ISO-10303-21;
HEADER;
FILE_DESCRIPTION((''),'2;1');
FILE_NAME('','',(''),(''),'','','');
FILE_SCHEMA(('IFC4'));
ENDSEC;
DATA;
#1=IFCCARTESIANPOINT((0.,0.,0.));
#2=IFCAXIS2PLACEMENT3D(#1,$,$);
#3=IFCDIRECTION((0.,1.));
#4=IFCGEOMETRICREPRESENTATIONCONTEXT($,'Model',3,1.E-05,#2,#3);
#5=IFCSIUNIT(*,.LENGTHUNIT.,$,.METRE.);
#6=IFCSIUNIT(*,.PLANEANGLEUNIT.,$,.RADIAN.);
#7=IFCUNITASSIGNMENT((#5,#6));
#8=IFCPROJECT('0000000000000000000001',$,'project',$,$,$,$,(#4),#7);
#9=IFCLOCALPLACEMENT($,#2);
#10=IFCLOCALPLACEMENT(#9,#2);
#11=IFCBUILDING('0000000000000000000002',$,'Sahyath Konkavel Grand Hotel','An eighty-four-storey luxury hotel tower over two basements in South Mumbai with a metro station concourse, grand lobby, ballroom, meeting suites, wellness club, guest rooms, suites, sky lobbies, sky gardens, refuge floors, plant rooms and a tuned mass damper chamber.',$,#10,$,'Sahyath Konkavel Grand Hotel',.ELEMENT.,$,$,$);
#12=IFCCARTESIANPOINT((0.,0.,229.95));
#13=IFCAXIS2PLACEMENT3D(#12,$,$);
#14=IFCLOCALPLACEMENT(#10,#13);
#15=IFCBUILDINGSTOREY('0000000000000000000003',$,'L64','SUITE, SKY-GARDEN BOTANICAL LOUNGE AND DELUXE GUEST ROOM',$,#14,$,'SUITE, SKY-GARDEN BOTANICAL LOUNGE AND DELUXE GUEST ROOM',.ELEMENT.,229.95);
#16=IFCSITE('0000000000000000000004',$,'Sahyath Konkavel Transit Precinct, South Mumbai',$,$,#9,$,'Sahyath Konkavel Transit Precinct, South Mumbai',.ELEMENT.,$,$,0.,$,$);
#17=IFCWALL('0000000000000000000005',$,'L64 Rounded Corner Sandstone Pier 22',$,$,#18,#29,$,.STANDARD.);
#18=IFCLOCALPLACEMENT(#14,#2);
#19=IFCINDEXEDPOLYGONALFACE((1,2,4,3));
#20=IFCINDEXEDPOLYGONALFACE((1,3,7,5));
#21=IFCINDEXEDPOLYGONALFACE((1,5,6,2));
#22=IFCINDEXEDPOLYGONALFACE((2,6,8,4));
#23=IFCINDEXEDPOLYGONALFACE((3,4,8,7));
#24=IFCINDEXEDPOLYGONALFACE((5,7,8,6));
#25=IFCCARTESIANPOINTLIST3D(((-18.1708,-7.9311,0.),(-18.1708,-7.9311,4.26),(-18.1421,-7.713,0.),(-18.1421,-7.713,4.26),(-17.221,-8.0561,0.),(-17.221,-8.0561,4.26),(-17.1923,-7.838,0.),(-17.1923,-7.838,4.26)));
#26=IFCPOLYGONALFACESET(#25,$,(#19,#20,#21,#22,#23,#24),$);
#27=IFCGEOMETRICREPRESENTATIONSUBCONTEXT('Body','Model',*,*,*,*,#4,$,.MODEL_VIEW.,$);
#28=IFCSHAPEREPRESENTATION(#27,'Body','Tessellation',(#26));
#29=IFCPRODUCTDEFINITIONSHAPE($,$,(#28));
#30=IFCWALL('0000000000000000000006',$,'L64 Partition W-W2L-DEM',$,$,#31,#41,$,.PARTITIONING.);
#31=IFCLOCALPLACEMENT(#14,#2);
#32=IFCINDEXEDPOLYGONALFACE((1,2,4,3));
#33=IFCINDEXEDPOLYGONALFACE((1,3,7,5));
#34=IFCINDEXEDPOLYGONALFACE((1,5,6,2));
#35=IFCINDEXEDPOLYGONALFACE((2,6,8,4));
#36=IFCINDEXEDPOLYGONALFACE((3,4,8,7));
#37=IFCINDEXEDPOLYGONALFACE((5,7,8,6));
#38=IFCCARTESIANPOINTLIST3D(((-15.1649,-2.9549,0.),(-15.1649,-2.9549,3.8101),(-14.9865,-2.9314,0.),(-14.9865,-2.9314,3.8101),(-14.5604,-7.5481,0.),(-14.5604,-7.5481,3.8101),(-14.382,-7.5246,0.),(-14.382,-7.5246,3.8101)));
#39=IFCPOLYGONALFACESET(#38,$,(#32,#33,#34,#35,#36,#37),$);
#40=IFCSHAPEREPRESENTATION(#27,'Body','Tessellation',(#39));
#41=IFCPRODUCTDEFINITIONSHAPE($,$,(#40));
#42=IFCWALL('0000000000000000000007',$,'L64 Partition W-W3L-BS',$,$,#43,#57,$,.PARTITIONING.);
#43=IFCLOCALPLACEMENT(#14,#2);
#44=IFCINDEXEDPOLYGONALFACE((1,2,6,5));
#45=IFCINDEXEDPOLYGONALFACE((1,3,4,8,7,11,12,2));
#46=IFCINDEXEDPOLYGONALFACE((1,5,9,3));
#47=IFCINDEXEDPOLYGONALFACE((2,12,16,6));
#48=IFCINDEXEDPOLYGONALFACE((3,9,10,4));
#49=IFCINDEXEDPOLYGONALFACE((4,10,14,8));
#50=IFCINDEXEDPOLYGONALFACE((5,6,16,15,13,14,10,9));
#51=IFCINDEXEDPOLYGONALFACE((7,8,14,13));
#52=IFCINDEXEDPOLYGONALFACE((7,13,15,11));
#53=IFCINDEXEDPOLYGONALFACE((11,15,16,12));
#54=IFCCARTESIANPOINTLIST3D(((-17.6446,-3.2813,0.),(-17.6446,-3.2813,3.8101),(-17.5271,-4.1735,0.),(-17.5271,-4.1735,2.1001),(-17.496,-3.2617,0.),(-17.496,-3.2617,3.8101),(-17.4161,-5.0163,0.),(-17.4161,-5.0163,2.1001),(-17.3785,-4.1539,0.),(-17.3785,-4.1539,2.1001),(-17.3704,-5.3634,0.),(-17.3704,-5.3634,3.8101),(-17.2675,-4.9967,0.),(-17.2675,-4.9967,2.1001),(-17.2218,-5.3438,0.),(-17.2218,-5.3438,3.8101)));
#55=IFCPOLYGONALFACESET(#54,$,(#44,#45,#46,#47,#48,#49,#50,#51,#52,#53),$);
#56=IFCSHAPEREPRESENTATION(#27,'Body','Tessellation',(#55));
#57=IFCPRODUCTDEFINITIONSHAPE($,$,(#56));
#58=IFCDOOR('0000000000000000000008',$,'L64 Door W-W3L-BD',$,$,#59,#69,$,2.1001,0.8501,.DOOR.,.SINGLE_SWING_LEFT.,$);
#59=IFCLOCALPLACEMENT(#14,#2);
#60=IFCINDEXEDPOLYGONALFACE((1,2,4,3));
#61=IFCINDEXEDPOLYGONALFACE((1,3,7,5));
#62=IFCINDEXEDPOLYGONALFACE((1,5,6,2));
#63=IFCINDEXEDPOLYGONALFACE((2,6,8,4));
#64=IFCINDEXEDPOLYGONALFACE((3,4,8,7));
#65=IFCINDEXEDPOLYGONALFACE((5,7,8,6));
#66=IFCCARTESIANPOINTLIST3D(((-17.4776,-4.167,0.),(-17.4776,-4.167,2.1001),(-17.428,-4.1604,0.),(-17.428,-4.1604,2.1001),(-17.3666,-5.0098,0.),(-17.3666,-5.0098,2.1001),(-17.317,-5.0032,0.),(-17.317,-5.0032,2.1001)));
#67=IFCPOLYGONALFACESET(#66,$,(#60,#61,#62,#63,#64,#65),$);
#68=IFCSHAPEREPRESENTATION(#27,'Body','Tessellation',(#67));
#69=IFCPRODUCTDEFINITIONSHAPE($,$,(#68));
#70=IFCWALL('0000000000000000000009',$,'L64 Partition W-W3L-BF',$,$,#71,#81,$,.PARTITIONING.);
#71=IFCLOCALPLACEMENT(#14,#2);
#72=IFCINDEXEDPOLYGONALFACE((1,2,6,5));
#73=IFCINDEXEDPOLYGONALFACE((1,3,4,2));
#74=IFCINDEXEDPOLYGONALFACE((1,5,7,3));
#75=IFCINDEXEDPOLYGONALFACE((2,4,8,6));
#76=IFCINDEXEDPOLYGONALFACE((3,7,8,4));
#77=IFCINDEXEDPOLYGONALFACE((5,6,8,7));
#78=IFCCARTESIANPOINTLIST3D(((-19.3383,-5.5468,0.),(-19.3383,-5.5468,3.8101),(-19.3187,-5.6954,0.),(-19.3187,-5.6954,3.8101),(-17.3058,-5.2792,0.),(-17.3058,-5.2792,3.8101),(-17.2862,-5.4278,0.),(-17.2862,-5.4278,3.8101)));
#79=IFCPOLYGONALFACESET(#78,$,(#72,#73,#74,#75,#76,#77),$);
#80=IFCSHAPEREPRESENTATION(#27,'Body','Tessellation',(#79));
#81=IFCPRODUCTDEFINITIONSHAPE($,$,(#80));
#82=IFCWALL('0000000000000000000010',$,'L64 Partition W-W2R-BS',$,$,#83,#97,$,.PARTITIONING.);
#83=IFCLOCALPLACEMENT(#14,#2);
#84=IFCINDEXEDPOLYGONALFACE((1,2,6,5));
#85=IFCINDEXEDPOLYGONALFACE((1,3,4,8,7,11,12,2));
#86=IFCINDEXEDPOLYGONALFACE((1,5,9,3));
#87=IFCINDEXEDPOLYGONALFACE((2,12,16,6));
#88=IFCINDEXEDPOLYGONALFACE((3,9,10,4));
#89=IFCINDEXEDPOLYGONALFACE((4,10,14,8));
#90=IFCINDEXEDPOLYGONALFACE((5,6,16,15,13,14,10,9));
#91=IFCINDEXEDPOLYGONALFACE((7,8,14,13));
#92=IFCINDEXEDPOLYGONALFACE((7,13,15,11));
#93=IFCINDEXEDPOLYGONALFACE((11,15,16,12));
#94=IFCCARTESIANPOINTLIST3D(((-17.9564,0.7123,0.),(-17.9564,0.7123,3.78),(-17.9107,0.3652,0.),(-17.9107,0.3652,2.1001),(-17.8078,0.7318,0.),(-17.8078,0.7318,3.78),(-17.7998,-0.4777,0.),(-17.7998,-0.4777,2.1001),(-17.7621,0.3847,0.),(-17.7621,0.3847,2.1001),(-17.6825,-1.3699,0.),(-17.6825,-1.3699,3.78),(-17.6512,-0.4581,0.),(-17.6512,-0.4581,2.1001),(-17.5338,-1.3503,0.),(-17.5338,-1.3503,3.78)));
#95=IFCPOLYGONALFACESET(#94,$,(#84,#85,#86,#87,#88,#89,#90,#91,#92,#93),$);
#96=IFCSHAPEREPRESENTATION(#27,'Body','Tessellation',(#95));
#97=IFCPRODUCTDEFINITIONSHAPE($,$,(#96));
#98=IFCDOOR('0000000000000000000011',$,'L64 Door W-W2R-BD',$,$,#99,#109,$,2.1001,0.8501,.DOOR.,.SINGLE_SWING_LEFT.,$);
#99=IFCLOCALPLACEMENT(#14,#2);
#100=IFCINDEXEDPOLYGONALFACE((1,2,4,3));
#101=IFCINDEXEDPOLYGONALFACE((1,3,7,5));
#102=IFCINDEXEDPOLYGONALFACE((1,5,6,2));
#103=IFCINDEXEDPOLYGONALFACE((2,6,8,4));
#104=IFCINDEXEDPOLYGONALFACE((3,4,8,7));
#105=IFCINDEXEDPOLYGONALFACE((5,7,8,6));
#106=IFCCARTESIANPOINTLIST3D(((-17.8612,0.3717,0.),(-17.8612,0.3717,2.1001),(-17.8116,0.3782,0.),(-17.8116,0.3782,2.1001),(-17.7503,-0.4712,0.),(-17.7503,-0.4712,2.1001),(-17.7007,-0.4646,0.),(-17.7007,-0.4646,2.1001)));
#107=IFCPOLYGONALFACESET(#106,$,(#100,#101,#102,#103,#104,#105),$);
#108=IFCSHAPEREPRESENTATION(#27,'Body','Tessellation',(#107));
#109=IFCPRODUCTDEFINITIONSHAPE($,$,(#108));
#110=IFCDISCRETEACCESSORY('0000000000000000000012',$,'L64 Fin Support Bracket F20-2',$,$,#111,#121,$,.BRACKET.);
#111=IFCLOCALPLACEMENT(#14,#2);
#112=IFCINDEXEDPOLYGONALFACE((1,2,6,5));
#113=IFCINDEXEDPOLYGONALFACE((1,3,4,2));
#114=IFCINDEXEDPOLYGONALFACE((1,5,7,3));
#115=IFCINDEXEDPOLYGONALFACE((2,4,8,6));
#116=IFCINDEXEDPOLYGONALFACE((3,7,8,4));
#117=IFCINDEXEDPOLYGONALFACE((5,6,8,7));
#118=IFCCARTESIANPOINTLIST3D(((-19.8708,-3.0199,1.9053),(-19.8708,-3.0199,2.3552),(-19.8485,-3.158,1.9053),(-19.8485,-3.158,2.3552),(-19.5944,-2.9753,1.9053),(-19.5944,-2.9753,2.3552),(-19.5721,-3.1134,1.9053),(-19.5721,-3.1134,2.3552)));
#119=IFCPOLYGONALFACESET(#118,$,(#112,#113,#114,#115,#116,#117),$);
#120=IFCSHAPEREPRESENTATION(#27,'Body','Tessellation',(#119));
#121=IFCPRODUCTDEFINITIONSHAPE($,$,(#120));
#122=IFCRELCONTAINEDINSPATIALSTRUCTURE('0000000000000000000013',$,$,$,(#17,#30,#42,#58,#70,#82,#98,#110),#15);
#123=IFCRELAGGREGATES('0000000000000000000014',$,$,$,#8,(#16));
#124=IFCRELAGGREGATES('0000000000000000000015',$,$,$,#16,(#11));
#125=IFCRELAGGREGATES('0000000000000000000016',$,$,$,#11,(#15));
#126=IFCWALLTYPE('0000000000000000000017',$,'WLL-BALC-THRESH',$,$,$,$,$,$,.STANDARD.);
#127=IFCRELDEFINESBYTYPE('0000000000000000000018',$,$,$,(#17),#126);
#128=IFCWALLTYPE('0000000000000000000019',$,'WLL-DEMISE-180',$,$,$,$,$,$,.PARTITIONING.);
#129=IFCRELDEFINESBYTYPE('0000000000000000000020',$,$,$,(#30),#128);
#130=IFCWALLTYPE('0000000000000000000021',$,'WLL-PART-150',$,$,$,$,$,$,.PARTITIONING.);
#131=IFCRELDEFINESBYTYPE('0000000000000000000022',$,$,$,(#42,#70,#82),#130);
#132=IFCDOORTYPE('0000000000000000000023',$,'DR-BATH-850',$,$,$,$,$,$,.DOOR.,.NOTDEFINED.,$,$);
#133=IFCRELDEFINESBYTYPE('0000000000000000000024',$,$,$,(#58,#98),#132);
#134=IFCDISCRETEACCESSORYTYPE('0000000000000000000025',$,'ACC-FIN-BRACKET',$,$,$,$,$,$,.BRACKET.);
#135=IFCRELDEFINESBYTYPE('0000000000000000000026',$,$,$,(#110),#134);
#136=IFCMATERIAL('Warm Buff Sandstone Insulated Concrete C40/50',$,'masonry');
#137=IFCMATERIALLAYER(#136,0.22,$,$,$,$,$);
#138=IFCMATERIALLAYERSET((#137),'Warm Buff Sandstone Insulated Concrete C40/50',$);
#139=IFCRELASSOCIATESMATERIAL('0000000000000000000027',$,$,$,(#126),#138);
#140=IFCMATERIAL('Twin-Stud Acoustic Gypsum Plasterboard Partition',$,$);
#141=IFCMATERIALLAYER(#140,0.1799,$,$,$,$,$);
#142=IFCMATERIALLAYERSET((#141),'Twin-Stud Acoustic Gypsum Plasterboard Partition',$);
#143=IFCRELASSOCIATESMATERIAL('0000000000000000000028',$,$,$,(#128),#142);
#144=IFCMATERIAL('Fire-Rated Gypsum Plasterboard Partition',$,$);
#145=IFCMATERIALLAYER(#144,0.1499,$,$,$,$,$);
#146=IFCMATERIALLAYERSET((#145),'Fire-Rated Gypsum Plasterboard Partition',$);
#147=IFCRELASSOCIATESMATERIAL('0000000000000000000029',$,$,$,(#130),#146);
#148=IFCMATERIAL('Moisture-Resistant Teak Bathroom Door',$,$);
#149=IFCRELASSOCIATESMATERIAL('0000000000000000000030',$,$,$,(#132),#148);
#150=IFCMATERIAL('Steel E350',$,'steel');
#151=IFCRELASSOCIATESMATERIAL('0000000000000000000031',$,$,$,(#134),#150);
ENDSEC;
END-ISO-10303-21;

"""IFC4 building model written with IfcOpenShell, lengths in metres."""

from ifc_helpers import new_model, si_unit, direction, frame, frame_2d, origin, origin_2d, place, context, subcontext, project, spatial, rectangle, extrude, source, transform, mapped, material, layer, layer_set, type_object, element, fill, save


model = new_model("IFC4")

# Units and contexts
model_context = context("Model", 3, precision=1e-05, world=origin(), true_north=direction((0.0, 1.0)))
body_context = subcontext(model_context, "Body", "Model", "MODEL_VIEW")
ifc_project = project(units=[si_unit("LENGTHUNIT", "METRE"), si_unit("PLANEANGLEUNIT", "RADIAN")], contexts=[model_context])

# Site, building, storey
site_placement = place(None, origin())
site = spatial("IfcSite", under=ifc_project, at=site_placement, Name="Sahyath Konkavel Transit Precinct, South Mumbai", LongName="Sahyath Konkavel Transit Precinct, South Mumbai", CompositionType="ELEMENT", RefElevation=0.0)
building_placement = place(site_placement, origin())
building = spatial("IfcBuilding", under=site, at=building_placement, Name="Sahyath Konkavel Grand Hotel", Description="An eighty-four-storey luxury hotel tower over two basements in South Mumbai with a metro station concourse, grand lobby, ballroom, meeting suites, wellness club, guest rooms, suites, sky lobbies, sky gardens, refuge floors, plant rooms and a tuned mass damper chamber.", LongName="Sahyath Konkavel Grand Hotel", CompositionType="ELEMENT")
storey_placement = place(building_placement, frame((0.0, 0.0, 229.95)))
storey = spatial("IfcBuildingStorey", under=building, at=storey_placement, Name="L64", Description="SUITE, SKY-GARDEN BOTANICAL LOUNGE AND DELUXE GUEST ROOM", LongName="SUITE, SKY-GARDEN BOTANICAL LOUNGE AND DELUXE GUEST ROOM", CompositionType="ELEMENT", Elevation=229.95)

# Shared definitions
ifc_material_1 = material(Name="Steel E350", Category="steel")

# Walls
ifc_material_2 = material(Name="Warm Buff Sandstone Insulated Concrete C40/50", Category="masonry")
ifc_layer_1 = layer(ifc_material_2, 0.22)
ifc_layer_set_1 = layer_set([ifc_layer_1], Name="Warm Buff Sandstone Insulated Concrete C40/50")
wall_type_1 = type_object("IfcWallType", Name="WLL-BALC-THRESH", PredefinedType="STANDARD", material=ifc_layer_set_1)
wall_1_placement = place(storey_placement, frame((-18.1565, -7.822, 0.0), z_axis=(0.0, 0.0, 1.0), x_axis=(0.991449, -0.130494, 0.0)))
element("IfcWall", 1, at=wall_1_placement, inside=storey, type_object=wall_type_1, Name="L64 Rounded Corner Sandstone Pier 22", PredefinedType="STANDARD", context=body_context, shape_type="SweptSolid", body=[
    extrude(rectangle(XDim=0.958, YDim=0.22, at=frame_2d((0.479, 0.0))), origin(), (0.0, 0.0, 1.0), 4.26),
])
ifc_material_3 = material(Name="Twin-Stud Acoustic Gypsum Plasterboard Partition")
ifc_layer_2 = layer(ifc_material_3, 0.1799)
ifc_layer_set_2 = layer_set([ifc_layer_2], Name="Twin-Stud Acoustic Gypsum Plasterboard Partition")
wall_type_2 = type_object("IfcWallType", Name="WLL-DEMISE-180", PredefinedType="PARTITIONING", material=ifc_layer_set_2)
wall_2_placement = place(storey_placement, frame((-15.0757, -2.9431, 0.0), z_axis=(0.0, 0.0, 1.0), x_axis=(0.130479, -0.991451, 0.0)))
element("IfcWall", 2, at=wall_2_placement, inside=storey, type_object=wall_type_2, Name="L64 Partition W-W2L-DEM", PredefinedType="PARTITIONING", context=body_context, shape_type="SweptSolid", body=[
    extrude(rectangle(XDim=4.6328, YDim=0.1799, at=frame_2d((2.3164, 0.0))), origin(), (0.0, 0.0, 1.0), 3.8101),
])

# Wall, opening, door
ifc_material_4 = material(Name="Fire-Rated Gypsum Plasterboard Partition")
ifc_layer_3 = layer(ifc_material_4, 0.1499)
ifc_layer_set_3 = layer_set([ifc_layer_3], Name="Fire-Rated Gypsum Plasterboard Partition")
wall_type_3 = type_object("IfcWallType", Name="WLL-PART-150", PredefinedType="PARTITIONING", material=ifc_layer_set_3)
wall_3_placement = place(storey_placement, frame((-17.5703, -3.2715, 0.0), z_axis=(0.0, 0.0, 1.0), x_axis=(0.130557, -0.991441, 0.0)))
wall_3 = element("IfcWall", 3, at=wall_3_placement, inside=storey, type_object=wall_type_3, Name="L64 Partition W-W3L-BS", PredefinedType="PARTITIONING", context=body_context, shape_type="SweptSolid", body=[
    extrude(rectangle(XDim=2.1001, YDim=0.1499, at=frame_2d((1.05, 0.0))), origin(), (0.0, 0.0, 1.0), 3.8101),
])
opening_1_placement = place(wall_3_placement, frame((0.8999, 0.0, 0.0)))
opening_1 = element("IfcOpeningElement", 4, at=opening_1_placement, cuts=wall_3, PredefinedType="OPENING", context=body_context, shape_type="SweptSolid", body=[
    extrude(rectangle(XDim=0.8501, YDim=2.1001, at=frame_2d((0.425, 1.05))), frame((0.0, 0.085, 0.0), z_axis=(0.0, -1.0, 0.0), x_axis=(1.0, 0.0, 0.0)), (0.0, 0.0, 1.0), 0.1699),
])
ifc_material_5 = material(Name="Moisture-Resistant Teak Bathroom Door")
door_type = type_object("IfcDoorType", Name="DR-BATH-850", OperationType="NOTDEFINED", PredefinedType="DOOR", material=ifc_material_5)
shared_shape_1 = source(origin(), body_context, "Body", "SweptSolid", [
    extrude(rectangle(XDim=0.8501, YDim=0.05, at=origin_2d()), origin(), (0.0, 0.0, 1.0), 2.1001),
])
door_1_placement = place(opening_1_placement, frame((0.425, 0.0, 0.0)))
door_1 = element("IfcDoor", 5, at=door_1_placement, inside=storey, type_object=door_type, Name="L64 Door W-W3L-BD", OperationType="SINGLE_SWING_LEFT", OverallHeight=2.1001, OverallWidth=0.8501, PredefinedType="DOOR", context=body_context, shape_type="MappedRepresentation", body=[
    mapped(shared_shape_1, transform((0.0, 0.0, 0.0), scale=1.0)),
])
fill(opening_1, door_1)

# Wall
wall_4_placement = place(storey_placement, frame((-17.2961, -5.3535, 0.0), z_axis=(0.0, 0.0, 1.0), x_axis=(-0.991445, -0.130525, 0.0)))
element("IfcWall", 6, at=wall_4_placement, inside=storey, type_object=wall_type_3, Name="L64 Partition W-W3L-BF", PredefinedType="PARTITIONING", context=body_context, shape_type="SweptSolid", body=[
    extrude(rectangle(XDim=2.05, YDim=0.1499, at=frame_2d((1.0249, 0.0))), origin(), (0.0, 0.0, 1.0), 3.8101),
])

# Wall, opening, door
wall_5_placement = place(storey_placement, frame((-17.6082, -1.3601, 0.0), z_axis=(0.0, 0.0, 1.0), x_axis=(-0.130427, 0.991458, 0.0)))
wall_5 = element("IfcWall", 7, at=wall_5_placement, inside=storey, type_object=wall_type_3, Name="L64 Partition W-W2R-BS", PredefinedType="PARTITIONING", context=body_context, shape_type="SweptSolid", body=[
    extrude(rectangle(XDim=2.1001, YDim=0.1499, at=frame_2d((1.05, 0.0))), origin(), (0.0, 0.0, 1.0), 3.78),
])
opening_2_placement = place(wall_5_placement, frame((0.8999, 0.0, 0.0)))
opening_2 = element("IfcOpeningElement", 8, at=opening_2_placement, cuts=wall_5, PredefinedType="OPENING", context=body_context, shape_type="SweptSolid", body=[
    extrude(rectangle(XDim=0.8501, YDim=2.1001, at=frame_2d((0.425, 1.05))), frame((0.0, 0.085, 0.0), z_axis=(0.0, -1.0, 0.0), x_axis=(1.0, 0.0, 0.0)), (0.0, 0.0, 1.0), 0.1699),
])
door_2_placement = place(opening_2_placement, frame((0.425, 0.0, 0.0)))
door_2 = element("IfcDoor", 9, at=door_2_placement, inside=storey, type_object=door_type, Name="L64 Door W-W2R-BD", OperationType="SINGLE_SWING_LEFT", OverallHeight=2.1001, OverallWidth=0.8501, PredefinedType="DOOR", context=body_context, shape_type="MappedRepresentation", body=[
    mapped(shared_shape_1, transform((0.0, 0.0, 0.0), scale=1.0)),
])
fill(opening_2, door_2)

# Discrete accessory
discrete_accessory_type = type_object("IfcDiscreteAccessoryType", Name="ACC-FIN-BRACKET", PredefinedType="BRACKET", material=ifc_material_1)
shared_shape_2 = source(origin(), body_context, "Body", "SweptSolid", [
    extrude(rectangle(XDim=0.28, YDim=0.1399, at=origin_2d()), origin(), (0.0, 0.0, 1.0), 0.45),
])
discrete_accessory_placement = place(storey_placement, frame((-19.7214, -3.0667, 1.9053), z_axis=(0.0, 0.0, 1.0), x_axis=(-0.987214, -0.159399, 0.0)))
element("IfcDiscreteAccessory", 10, at=discrete_accessory_placement, inside=storey, type_object=discrete_accessory_type, Name="L64 Fin Support Bracket F20-2", PredefinedType="BRACKET", context=body_context, shape_type="MappedRepresentation", body=[
    mapped(shared_shape_2, transform((0.0, 0.0, 0.0), scale=1.0)),
])

save(model, "model.ifc")
